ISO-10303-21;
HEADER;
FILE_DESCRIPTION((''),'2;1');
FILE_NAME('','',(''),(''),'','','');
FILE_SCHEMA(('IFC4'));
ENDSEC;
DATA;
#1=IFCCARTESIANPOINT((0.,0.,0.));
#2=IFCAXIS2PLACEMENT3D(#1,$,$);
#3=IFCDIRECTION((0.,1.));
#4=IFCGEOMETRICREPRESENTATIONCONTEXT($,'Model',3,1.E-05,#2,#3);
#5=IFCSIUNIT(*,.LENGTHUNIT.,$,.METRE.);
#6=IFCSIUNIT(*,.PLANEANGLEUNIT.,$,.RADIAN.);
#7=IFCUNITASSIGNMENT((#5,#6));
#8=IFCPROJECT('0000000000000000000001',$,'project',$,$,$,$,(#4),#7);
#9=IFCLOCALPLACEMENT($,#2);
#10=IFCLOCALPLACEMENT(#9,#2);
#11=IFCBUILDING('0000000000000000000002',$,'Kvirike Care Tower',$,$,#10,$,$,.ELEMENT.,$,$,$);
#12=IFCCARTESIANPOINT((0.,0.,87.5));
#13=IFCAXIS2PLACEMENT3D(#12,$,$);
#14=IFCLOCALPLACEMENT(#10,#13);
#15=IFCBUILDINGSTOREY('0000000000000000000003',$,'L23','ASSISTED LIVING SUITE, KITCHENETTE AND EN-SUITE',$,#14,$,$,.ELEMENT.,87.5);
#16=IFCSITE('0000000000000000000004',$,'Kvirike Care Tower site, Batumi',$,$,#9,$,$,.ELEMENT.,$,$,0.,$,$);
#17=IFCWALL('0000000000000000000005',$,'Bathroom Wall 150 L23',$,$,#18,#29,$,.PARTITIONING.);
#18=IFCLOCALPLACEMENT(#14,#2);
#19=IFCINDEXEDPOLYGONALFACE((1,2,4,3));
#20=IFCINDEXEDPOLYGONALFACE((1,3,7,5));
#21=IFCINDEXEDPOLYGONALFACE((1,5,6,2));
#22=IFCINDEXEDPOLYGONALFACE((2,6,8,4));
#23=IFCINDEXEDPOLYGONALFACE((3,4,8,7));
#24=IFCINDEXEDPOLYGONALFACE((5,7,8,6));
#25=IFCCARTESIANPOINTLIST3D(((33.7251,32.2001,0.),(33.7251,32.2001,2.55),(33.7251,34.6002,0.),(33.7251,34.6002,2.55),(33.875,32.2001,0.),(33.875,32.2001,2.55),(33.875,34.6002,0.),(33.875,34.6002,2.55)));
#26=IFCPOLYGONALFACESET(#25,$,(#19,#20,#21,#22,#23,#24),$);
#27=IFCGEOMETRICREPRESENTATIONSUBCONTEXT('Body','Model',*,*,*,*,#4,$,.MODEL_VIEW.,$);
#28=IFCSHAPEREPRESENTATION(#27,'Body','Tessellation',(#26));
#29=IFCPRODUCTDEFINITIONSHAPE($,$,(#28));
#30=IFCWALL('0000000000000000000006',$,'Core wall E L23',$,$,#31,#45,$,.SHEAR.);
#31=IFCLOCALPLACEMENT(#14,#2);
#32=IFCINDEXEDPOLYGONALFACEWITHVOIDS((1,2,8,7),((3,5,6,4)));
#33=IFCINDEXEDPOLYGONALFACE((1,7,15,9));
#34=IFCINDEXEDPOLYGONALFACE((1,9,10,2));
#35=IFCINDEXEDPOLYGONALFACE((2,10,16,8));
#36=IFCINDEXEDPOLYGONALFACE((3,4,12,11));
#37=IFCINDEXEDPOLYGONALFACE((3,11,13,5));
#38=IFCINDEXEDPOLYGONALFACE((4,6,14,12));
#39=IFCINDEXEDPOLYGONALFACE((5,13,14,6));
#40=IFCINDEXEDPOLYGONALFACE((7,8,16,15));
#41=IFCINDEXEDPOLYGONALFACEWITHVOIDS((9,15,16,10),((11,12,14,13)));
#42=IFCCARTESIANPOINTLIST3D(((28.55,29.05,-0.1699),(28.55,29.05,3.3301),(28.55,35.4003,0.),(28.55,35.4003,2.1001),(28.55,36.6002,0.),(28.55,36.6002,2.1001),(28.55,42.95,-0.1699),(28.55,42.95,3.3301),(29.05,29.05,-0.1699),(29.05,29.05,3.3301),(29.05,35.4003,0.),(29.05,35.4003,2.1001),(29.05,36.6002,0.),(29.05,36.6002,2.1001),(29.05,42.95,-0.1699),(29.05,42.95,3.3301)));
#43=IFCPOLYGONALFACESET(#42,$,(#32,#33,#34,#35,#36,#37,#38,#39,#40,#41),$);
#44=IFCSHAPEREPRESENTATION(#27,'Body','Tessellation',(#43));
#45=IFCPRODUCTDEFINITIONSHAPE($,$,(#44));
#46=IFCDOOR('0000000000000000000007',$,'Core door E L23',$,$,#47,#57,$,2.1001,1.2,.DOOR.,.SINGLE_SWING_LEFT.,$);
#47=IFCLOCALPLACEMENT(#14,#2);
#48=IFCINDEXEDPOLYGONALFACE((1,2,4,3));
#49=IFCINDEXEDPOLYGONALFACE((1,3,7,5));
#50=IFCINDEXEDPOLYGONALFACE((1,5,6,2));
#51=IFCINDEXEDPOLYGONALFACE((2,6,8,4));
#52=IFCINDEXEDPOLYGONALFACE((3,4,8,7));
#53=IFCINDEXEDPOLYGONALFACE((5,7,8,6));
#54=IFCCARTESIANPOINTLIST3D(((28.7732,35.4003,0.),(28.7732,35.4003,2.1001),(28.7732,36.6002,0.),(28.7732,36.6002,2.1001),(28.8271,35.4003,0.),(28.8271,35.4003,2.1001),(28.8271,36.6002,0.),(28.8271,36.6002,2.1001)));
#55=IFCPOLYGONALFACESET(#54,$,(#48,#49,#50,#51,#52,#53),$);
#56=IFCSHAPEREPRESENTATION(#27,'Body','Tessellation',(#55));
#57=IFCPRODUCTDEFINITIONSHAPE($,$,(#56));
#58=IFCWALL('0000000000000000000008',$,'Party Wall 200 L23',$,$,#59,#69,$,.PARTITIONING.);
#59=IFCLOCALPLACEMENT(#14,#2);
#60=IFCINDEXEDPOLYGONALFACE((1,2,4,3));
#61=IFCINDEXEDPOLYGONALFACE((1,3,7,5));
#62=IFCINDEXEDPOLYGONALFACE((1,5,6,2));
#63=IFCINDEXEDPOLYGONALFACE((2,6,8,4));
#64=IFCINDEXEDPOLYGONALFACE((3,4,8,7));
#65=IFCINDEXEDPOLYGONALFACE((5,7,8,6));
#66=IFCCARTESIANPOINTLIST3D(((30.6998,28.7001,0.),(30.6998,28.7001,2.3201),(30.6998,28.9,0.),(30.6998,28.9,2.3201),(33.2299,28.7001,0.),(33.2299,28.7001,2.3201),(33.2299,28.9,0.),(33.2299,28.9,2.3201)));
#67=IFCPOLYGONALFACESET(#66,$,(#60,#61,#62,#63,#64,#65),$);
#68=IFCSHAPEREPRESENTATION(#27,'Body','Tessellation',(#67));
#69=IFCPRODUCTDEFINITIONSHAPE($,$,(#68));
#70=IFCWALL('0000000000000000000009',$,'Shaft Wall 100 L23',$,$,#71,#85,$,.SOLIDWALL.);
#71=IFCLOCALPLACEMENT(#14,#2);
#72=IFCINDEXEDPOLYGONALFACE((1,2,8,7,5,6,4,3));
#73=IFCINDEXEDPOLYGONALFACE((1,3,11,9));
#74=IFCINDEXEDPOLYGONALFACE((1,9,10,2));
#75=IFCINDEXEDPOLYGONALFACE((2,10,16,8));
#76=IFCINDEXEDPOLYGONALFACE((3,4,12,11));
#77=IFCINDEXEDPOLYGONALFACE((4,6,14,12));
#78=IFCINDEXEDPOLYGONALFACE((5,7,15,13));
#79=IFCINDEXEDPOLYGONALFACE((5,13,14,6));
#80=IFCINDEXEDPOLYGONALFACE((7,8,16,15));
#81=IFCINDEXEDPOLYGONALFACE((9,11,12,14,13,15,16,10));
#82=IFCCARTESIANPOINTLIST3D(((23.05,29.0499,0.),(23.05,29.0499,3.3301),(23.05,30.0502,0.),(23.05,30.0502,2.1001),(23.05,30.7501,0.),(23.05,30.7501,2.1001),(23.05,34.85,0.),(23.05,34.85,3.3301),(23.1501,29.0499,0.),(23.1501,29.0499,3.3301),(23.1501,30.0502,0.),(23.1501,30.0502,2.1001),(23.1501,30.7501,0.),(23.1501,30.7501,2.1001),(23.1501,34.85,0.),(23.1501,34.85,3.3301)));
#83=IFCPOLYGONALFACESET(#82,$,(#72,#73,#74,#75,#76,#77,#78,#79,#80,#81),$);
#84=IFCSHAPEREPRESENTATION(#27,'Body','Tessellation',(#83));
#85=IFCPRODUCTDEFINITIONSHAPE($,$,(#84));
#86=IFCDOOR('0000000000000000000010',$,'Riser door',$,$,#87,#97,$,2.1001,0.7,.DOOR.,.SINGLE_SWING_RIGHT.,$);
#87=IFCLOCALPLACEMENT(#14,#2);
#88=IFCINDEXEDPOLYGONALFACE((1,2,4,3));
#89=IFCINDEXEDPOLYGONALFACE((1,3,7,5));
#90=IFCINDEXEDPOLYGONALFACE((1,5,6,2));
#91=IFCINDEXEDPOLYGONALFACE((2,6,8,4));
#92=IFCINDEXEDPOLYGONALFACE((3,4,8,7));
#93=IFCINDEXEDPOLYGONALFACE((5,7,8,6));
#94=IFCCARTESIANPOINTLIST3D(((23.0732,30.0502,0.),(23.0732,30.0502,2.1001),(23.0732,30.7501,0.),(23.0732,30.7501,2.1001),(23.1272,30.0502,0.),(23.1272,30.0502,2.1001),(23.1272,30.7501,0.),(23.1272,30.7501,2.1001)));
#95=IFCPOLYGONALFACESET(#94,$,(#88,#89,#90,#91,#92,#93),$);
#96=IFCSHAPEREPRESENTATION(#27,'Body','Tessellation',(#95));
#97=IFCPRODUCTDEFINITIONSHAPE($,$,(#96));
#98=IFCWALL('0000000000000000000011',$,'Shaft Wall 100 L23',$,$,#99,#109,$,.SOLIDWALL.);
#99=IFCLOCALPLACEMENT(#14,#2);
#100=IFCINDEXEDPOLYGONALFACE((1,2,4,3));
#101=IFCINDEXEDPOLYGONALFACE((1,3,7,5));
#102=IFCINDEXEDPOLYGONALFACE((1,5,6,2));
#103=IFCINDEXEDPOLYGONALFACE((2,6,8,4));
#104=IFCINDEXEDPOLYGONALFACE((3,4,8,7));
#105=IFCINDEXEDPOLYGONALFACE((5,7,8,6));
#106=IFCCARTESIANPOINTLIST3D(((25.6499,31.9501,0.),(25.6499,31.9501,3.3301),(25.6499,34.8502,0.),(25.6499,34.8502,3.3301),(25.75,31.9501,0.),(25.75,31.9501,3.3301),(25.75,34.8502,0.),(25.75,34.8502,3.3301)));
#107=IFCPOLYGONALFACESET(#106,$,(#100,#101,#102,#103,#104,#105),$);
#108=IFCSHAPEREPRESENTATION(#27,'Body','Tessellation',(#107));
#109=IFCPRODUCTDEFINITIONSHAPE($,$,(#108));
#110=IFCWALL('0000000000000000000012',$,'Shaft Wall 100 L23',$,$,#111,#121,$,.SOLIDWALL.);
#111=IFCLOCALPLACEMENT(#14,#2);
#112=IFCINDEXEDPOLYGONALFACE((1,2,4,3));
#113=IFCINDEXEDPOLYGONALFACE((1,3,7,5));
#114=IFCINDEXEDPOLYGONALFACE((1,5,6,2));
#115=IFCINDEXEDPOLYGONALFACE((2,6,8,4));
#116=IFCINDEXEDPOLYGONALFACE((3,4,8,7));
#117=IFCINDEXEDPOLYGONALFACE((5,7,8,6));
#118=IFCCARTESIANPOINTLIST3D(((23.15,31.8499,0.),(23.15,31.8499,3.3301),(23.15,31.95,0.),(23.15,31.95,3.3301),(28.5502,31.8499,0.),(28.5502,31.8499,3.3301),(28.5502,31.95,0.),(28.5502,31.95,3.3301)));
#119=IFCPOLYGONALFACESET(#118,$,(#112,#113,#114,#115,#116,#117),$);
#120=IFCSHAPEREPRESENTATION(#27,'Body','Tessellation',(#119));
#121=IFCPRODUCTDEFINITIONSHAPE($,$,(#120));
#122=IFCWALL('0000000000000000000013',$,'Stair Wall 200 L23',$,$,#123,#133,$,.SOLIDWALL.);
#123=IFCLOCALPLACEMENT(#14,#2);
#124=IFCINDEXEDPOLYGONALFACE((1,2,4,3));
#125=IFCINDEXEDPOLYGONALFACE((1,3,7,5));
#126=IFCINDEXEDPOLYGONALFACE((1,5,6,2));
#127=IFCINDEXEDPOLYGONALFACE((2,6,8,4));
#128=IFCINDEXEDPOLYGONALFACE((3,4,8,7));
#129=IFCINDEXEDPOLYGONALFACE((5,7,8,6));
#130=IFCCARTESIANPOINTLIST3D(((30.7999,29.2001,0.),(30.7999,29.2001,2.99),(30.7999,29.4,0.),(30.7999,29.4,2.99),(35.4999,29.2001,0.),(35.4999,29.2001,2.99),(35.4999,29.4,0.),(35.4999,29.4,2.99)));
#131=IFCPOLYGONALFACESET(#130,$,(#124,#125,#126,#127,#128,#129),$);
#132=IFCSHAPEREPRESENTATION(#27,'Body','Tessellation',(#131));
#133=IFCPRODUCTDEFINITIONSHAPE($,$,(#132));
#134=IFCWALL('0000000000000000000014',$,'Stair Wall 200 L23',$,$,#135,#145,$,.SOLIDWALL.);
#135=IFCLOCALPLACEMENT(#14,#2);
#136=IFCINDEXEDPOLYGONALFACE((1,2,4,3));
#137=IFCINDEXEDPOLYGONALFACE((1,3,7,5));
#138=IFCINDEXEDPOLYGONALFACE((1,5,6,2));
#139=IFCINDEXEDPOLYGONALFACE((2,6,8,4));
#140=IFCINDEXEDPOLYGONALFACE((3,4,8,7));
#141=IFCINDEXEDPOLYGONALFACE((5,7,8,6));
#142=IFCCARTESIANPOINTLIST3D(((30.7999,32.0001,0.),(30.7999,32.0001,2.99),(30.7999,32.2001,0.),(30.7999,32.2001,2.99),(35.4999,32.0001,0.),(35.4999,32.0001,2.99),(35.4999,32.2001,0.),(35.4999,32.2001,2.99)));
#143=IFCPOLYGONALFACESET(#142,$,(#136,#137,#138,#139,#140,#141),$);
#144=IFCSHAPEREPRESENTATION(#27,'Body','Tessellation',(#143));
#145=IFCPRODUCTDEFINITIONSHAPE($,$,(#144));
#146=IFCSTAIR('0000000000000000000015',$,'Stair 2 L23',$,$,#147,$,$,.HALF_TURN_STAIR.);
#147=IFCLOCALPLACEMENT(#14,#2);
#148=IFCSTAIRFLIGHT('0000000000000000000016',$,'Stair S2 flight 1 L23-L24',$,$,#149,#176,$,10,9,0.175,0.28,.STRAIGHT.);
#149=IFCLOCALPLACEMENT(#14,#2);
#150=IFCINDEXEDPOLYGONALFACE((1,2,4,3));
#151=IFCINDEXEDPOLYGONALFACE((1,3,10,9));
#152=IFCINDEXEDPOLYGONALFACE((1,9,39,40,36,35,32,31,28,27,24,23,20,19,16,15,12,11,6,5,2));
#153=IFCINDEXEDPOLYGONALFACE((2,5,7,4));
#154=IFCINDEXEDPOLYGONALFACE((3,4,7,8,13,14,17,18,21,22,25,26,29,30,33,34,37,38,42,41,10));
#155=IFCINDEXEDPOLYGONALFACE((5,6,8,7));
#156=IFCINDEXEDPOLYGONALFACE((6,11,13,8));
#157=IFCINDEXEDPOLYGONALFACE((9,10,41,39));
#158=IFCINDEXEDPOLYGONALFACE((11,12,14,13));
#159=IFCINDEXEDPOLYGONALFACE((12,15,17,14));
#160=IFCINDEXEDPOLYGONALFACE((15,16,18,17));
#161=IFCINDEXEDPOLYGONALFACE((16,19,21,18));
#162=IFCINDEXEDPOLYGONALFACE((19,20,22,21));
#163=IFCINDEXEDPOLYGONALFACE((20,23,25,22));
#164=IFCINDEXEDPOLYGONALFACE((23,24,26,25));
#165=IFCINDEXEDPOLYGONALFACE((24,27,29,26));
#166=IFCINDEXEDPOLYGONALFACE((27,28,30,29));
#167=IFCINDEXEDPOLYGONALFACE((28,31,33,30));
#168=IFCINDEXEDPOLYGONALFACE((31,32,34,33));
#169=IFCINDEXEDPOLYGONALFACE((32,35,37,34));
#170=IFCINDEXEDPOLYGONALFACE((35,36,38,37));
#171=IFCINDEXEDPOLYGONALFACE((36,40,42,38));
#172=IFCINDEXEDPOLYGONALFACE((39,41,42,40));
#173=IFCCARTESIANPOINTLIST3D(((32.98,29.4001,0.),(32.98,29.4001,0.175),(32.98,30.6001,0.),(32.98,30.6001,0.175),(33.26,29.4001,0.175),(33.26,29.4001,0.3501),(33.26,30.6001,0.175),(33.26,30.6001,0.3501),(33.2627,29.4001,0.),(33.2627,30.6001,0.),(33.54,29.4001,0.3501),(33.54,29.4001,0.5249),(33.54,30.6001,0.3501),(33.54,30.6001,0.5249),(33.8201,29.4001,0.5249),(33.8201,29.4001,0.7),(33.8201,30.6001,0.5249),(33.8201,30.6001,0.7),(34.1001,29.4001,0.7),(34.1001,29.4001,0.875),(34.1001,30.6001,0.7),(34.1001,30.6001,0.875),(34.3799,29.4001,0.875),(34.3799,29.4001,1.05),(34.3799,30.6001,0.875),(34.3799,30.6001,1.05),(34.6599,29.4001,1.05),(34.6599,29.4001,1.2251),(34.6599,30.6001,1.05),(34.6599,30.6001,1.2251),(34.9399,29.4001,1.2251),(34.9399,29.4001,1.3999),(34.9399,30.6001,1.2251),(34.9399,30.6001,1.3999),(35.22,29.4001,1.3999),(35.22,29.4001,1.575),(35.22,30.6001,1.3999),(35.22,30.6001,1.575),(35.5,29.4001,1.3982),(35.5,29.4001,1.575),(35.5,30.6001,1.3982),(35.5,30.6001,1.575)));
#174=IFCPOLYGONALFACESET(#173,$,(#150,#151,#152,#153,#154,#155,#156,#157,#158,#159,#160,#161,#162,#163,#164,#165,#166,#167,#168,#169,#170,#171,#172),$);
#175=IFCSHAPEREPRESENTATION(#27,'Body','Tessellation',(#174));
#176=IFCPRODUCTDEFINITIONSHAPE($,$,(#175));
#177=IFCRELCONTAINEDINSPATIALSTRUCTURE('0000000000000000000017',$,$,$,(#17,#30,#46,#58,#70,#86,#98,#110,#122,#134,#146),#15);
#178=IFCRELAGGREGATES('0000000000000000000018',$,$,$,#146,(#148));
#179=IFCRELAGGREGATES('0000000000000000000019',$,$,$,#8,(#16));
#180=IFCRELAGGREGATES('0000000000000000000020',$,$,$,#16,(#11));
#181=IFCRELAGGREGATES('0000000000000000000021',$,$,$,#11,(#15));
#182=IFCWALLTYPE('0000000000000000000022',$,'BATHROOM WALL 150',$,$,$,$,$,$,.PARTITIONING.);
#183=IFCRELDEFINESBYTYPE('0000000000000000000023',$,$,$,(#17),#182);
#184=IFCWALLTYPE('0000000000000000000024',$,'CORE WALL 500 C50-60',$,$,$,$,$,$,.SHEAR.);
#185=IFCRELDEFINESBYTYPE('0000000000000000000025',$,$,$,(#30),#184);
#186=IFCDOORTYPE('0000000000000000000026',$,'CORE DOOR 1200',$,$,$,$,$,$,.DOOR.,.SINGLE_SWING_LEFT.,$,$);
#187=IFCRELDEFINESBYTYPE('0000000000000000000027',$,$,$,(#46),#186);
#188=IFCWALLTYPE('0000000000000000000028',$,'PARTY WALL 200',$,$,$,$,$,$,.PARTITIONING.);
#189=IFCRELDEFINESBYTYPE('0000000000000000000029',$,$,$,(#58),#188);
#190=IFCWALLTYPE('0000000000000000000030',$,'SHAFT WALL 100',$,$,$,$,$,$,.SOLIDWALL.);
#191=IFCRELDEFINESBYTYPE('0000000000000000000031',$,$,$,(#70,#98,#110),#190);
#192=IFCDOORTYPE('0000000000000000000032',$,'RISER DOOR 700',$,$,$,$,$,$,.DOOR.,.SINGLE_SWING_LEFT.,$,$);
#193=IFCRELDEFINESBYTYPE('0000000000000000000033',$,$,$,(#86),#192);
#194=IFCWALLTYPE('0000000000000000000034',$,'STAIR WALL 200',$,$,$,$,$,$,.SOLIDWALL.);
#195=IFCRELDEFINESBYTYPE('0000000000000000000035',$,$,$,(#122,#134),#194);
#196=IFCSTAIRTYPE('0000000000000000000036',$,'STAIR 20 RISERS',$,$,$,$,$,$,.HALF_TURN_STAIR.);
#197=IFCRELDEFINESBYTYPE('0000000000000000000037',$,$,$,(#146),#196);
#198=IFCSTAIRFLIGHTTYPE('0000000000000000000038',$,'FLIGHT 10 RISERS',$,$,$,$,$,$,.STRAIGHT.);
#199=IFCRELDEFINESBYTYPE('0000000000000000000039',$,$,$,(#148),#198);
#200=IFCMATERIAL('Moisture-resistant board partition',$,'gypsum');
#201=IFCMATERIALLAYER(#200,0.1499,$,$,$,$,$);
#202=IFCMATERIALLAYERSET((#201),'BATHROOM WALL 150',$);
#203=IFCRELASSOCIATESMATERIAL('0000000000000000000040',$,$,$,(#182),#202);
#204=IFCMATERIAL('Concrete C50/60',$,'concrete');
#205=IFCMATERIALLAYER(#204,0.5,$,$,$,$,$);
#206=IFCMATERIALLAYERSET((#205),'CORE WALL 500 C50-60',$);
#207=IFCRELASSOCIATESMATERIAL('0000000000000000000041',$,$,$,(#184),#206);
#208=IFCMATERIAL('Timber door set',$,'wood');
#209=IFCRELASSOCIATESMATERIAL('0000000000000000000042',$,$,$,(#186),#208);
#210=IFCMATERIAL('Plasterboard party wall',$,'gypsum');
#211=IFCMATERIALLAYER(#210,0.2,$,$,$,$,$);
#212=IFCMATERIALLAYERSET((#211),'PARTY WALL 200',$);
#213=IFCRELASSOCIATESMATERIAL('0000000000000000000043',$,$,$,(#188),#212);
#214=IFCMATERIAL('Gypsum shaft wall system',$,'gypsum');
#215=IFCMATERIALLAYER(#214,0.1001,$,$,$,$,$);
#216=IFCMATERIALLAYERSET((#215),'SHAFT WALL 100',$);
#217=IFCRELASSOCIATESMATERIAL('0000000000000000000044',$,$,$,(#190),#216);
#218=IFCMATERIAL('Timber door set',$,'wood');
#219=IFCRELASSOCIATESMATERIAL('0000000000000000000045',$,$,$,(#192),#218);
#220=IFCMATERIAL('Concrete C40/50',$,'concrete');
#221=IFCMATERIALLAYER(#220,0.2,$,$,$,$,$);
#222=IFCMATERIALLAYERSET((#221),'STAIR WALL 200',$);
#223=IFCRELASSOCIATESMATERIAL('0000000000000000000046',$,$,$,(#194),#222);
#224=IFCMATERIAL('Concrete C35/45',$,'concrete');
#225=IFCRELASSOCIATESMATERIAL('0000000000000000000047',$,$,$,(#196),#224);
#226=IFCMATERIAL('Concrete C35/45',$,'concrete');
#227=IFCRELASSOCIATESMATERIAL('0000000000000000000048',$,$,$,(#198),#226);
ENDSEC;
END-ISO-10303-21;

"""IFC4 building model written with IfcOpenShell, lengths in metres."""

from ifc_helpers import new_model, si_unit, direction, frame, frame_2d, origin, place, context, subcontext, project, spatial, polyline, rectangle, outline, extrude, material, layer, layer_set, type_object, element, fill, aggregate, save


model = new_model("IFC4")

# Units and contexts
model_context = context("Model", 3, precision=1e-05, world=origin(), true_north=direction((0.0, 1.0)))
body_context = subcontext(model_context, "Body", "Model", "MODEL_VIEW")
ifc_project = project(units=[si_unit("LENGTHUNIT", "METRE"), si_unit("PLANEANGLEUNIT", "RADIAN")], contexts=[model_context])

# Site, building, storey
site_placement = place(None, origin())
site = spatial("IfcSite", under=ifc_project, at=site_placement, Name="Kvirike Care Tower site, Batumi", CompositionType="ELEMENT", RefElevation=0.0)
building_placement = place(site_placement, origin())
building = spatial("IfcBuilding", under=site, at=building_placement, Name="Kvirike Care Tower", CompositionType="ELEMENT")
storey_placement = place(building_placement, frame((0.0, 0.0, 87.5)))
storey = spatial("IfcBuildingStorey", under=building, at=storey_placement, Name="L23", Description="ASSISTED LIVING SUITE, KITCHENETTE AND EN-SUITE", CompositionType="ELEMENT", Elevation=87.5)

# Wall
ifc_material_1 = material(Name="Moisture-resistant board partition", Category="gypsum")
ifc_layer_1 = layer(ifc_material_1, 0.1499)
ifc_layer_set_1 = layer_set([ifc_layer_1], Name="BATHROOM WALL 150")
wall_type_1 = type_object("IfcWallType", Name="BATHROOM WALL 150", PredefinedType="PARTITIONING", material=ifc_layer_set_1)
wall_1_placement = place(storey_placement, frame((33.8, 32.2, 0.0), z_axis=(0.0, 0.0, 1.0), x_axis=(0.0, 1.0, 0.0)))
element("IfcWall", 1, at=wall_1_placement, inside=storey, type_object=wall_type_1, Name="Bathroom Wall 150 L23", PredefinedType="PARTITIONING", context=body_context, shape_type="SweptSolid", body=[
    extrude(rectangle(XDim=2.4001, YDim=0.1499, at=frame_2d((1.2002, 0.0))), origin(), (0.0, 0.0, 1.0), 2.55),
])

# Wall, opening, door
ifc_material_2 = material(Name="Concrete C50/60", Category="concrete")
ifc_layer_2 = layer(ifc_material_2, 0.5)
ifc_layer_set_2 = layer_set([ifc_layer_2], Name="CORE WALL 500 C50-60")
wall_type_2 = type_object("IfcWallType", Name="CORE WALL 500 C50-60", PredefinedType="SHEAR", material=ifc_layer_set_2)
wall_2_placement = place(storey_placement, frame((28.8, 29.05, -0.1699), z_axis=(0.0, 0.0, 1.0), x_axis=(0.0, 1.0, 0.0)))
wall_2 = element("IfcWall", 2, at=wall_2_placement, inside=storey, type_object=wall_type_2, Name="Core wall E L23", PredefinedType="SHEAR", context=body_context, shape_type="SweptSolid", body=[
    extrude(rectangle(XDim=13.8999, YDim=0.5, at=frame_2d((6.95, 0.0))), origin(), (0.0, 0.0, 1.0), 3.5),
])
opening_1_placement = place(wall_2_placement, frame((6.3501, 0.0, 0.1699)))
opening_1 = element("IfcOpeningElement", 3, at=opening_1_placement, cuts=wall_2, PredefinedType="OPENING", context=body_context, shape_type="SweptSolid", body=[
    extrude(rectangle(XDim=1.2, YDim=2.1001, at=frame_2d((0.6001, 1.05))), frame((0.0, 0.2605, 0.0), z_axis=(0.0, -1.0, 0.0), x_axis=(1.0, 0.0, 0.0)), (0.0, 0.0, 1.0), 0.521),
])
ifc_material_3 = material(Name="Timber door set", Category="wood")
door_type_1 = type_object("IfcDoorType", Name="CORE DOOR 1200", OperationType="SINGLE_SWING_LEFT", PredefinedType="DOOR", material=ifc_material_3)
door_1_placement = place(opening_1_placement, origin())
door_1 = element("IfcDoor", 4, at=door_1_placement, inside=storey, type_object=door_type_1, Name="Core door E L23", OperationType="SINGLE_SWING_LEFT", OverallHeight=2.1001, OverallWidth=1.2, PredefinedType="DOOR", context=body_context, shape_type="SweptSolid", body=[
    extrude(rectangle(XDim=1.2, YDim=2.1001, at=frame_2d((0.6001, 1.05))), frame((0.0, 0.0269, 0.0), z_axis=(0.0, -1.0, 0.0), x_axis=(1.0, 0.0, 0.0)), (0.0, 0.0, 1.0), 0.054),
])
fill(opening_1, door_1)

# Wall
ifc_material_4 = material(Name="Plasterboard party wall", Category="gypsum")
ifc_layer_3 = layer(ifc_material_4, 0.2)
ifc_layer_set_3 = layer_set([ifc_layer_3], Name="PARTY WALL 200")
wall_type_3 = type_object("IfcWallType", Name="PARTY WALL 200", PredefinedType="PARTITIONING", material=ifc_layer_set_3)
wall_3_placement = place(storey_placement, frame((33.23, 28.8, 0.0), z_axis=(0.0, 0.0, 1.0), x_axis=(-1.0, 0.0, 0.0)))
element("IfcWall", 5, at=wall_3_placement, inside=storey, type_object=wall_type_3, Name="Party Wall 200 L23", PredefinedType="PARTITIONING", context=body_context, shape_type="SweptSolid", body=[
    extrude(rectangle(XDim=2.53, YDim=0.2, at=frame_2d((1.2651, 0.0))), origin(), (0.0, 0.0, 1.0), 2.3201),
])

# Wall, opening, door
ifc_material_5 = material(Name="Gypsum shaft wall system", Category="gypsum")
ifc_layer_4 = layer(ifc_material_5, 0.1001)
ifc_layer_set_4 = layer_set([ifc_layer_4], Name="SHAFT WALL 100")
wall_type_4 = type_object("IfcWallType", Name="SHAFT WALL 100", PredefinedType="SOLIDWALL", material=ifc_layer_set_4)
wall_4_placement = place(storey_placement, frame((23.1001, 29.05, 0.0), z_axis=(0.0, 0.0, 1.0), x_axis=(0.0, 1.0, 0.0)))
wall_4 = element("IfcWall", 6, at=wall_4_placement, inside=storey, type_object=wall_type_4, Name="Shaft Wall 100 L23", PredefinedType="SOLIDWALL", context=body_context, shape_type="SweptSolid", body=[
    extrude(rectangle(XDim=5.8, YDim=0.1001, at=frame_2d((2.8999, 0.0))), origin(), (0.0, 0.0, 1.0), 3.3301),
])
opening_2_placement = place(wall_4_placement, frame((1.0, 0.0, 0.0)))
opening_2 = element("IfcOpeningElement", 7, at=opening_2_placement, cuts=wall_4, PredefinedType="OPENING", context=body_context, shape_type="SweptSolid", body=[
    extrude(rectangle(XDim=0.7, YDim=2.1001, at=frame_2d((0.3501, 1.05))), frame((0.0, 0.0605, 0.0), z_axis=(0.0, -1.0, 0.0), x_axis=(1.0, 0.0, 0.0)), (0.0, 0.0, 1.0), 0.1211),
])
ifc_material_6 = material(Name="Timber door set", Category="wood")
door_type_2 = type_object("IfcDoorType", Name="RISER DOOR 700", OperationType="SINGLE_SWING_LEFT", PredefinedType="DOOR", material=ifc_material_6)
door_2_placement = place(opening_2_placement, origin())
door_2 = element("IfcDoor", 8, at=door_2_placement, inside=storey, type_object=door_type_2, Name="Riser door", OperationType="SINGLE_SWING_RIGHT", OverallHeight=2.1001, OverallWidth=0.7, PredefinedType="DOOR", context=body_context, shape_type="SweptSolid", body=[
    extrude(rectangle(XDim=0.7, YDim=2.1001, at=frame_2d((0.3501, 1.05))), frame((0.0, 0.0269, 0.0), z_axis=(0.0, -1.0, 0.0), x_axis=(1.0, 0.0, 0.0)), (0.0, 0.0, 1.0), 0.054),
])
fill(opening_2, door_2)

# Walls
wall_5_placement = place(storey_placement, frame((25.7, 31.95, 0.0), z_axis=(0.0, 0.0, 1.0), x_axis=(0.0, 1.0, 0.0)))
element("IfcWall", 9, at=wall_5_placement, inside=storey, type_object=wall_type_4, Name="Shaft Wall 100 L23", PredefinedType="SOLIDWALL", context=body_context, shape_type="SweptSolid", body=[
    extrude(rectangle(XDim=2.9001, YDim=0.1001, at=frame_2d((1.4502, 0.0))), origin(), (0.0, 0.0, 1.0), 3.3301),
])
wall_6_placement = place(storey_placement, frame((23.1499, 31.8999, 0.0), z_axis=(0.0, 0.0, 1.0), x_axis=(1.0, 0.0, 0.0)))
element("IfcWall", 10, at=wall_6_placement, inside=storey, type_object=wall_type_4, Name="Shaft Wall 100 L23", PredefinedType="SOLIDWALL", context=body_context, shape_type="SweptSolid", body=[
    extrude(rectangle(XDim=5.4001, YDim=0.1001, at=frame_2d((2.7002, 0.0))), origin(), (0.0, 0.0, 1.0), 3.3301),
])
ifc_material_7 = material(Name="Concrete C40/50", Category="concrete")
ifc_layer_5 = layer(ifc_material_7, 0.2)
ifc_layer_set_5 = layer_set([ifc_layer_5], Name="STAIR WALL 200")
wall_type_5 = type_object("IfcWallType", Name="STAIR WALL 200", PredefinedType="SOLIDWALL", material=ifc_layer_set_5)
for number, where, z_axis, x_axis, name in (
    (11, (35.5, 29.3, 0.0), (0.0, 0.0, 1.0), (-1.0, 0.0, 0.0), "Stair Wall 200 L23"),
    (12, (35.5, 32.1001, 0.0), (0.0, 0.0, 1.0), (-1.0, 0.0, 0.0), "Stair Wall 200 L23"),
):
    element("IfcWall", number, at=place(storey_placement, frame(where, z_axis=z_axis, x_axis=x_axis)), inside=storey, type_object=wall_type_5, Name=name, PredefinedType="SOLIDWALL", context=body_context, shape_type="SweptSolid", body=[
        extrude(rectangle(XDim=4.7, YDim=0.2, at=frame_2d((2.3501, 0.0))), origin(), (0.0, 0.0, 1.0), 2.99),
    ])

# Stair, stair flight
ifc_material_8 = material(Name="Concrete C35/45", Category="concrete")
stair_type = type_object("IfcStairType", Name="STAIR 20 RISERS", PredefinedType="HALF_TURN_STAIR", material=ifc_material_8)
stair_placement = place(storey_placement, origin())
stair = element("IfcStair", 13, at=stair_placement, inside=storey, type_object=stair_type, Name="Stair 2 L23", PredefinedType="HALF_TURN_STAIR")
ifc_material_9 = material(Name="Concrete C35/45", Category="concrete")
stair_flight_type = type_object("IfcStairFlightType", Name="FLIGHT 10 RISERS", PredefinedType="STRAIGHT", material=ifc_material_9)
stair_flight_1_placement = place(storey_placement, frame((32.98, 30.0, 0.0), z_axis=(0.0, 0.0, 1.0), x_axis=(1.0, 0.0, 0.0)))
stair_flight_1 = element("IfcStairFlight", 14, at=stair_flight_1_placement, type_object=stair_flight_type, Name="Stair S2 flight 1 L23-L24", NumberOfRisers=10, NumberOfTreads=9, PredefinedType="STRAIGHT", RiserHeight=0.175, TreadLength=0.28, context=body_context, shape_type="SweptSolid", body=[
    extrude(outline(polyline([(0.0, 0.0), (0.0, 0.175), (0.28, 0.175), (0.28, 0.3501), (0.5601, 0.3501), (0.5601, 0.5249), (0.8401, 0.5249), (0.8401, 0.7), (1.1201, 0.7), (1.1201, 0.875), (1.3999, 0.875), (1.3999, 1.05), (1.6799, 1.05), (1.6799, 1.2251), (1.96, 1.2251), (1.96, 1.3999), (2.24, 1.3999), (2.24, 1.575), (2.52, 1.575), (2.52, 1.75), (2.52, 1.3982), (0.2827, 0.0), (0.0, 0.0)])), frame((0.0, 0.6001, 0.0), z_axis=(0.0, -1.0, 0.0), x_axis=(1.0, 0.0, 0.0)), (0.0, 0.0, 1.0), 1.2),
])
aggregate(stair, [stair_flight_1])

save(model, "model.ifc")
